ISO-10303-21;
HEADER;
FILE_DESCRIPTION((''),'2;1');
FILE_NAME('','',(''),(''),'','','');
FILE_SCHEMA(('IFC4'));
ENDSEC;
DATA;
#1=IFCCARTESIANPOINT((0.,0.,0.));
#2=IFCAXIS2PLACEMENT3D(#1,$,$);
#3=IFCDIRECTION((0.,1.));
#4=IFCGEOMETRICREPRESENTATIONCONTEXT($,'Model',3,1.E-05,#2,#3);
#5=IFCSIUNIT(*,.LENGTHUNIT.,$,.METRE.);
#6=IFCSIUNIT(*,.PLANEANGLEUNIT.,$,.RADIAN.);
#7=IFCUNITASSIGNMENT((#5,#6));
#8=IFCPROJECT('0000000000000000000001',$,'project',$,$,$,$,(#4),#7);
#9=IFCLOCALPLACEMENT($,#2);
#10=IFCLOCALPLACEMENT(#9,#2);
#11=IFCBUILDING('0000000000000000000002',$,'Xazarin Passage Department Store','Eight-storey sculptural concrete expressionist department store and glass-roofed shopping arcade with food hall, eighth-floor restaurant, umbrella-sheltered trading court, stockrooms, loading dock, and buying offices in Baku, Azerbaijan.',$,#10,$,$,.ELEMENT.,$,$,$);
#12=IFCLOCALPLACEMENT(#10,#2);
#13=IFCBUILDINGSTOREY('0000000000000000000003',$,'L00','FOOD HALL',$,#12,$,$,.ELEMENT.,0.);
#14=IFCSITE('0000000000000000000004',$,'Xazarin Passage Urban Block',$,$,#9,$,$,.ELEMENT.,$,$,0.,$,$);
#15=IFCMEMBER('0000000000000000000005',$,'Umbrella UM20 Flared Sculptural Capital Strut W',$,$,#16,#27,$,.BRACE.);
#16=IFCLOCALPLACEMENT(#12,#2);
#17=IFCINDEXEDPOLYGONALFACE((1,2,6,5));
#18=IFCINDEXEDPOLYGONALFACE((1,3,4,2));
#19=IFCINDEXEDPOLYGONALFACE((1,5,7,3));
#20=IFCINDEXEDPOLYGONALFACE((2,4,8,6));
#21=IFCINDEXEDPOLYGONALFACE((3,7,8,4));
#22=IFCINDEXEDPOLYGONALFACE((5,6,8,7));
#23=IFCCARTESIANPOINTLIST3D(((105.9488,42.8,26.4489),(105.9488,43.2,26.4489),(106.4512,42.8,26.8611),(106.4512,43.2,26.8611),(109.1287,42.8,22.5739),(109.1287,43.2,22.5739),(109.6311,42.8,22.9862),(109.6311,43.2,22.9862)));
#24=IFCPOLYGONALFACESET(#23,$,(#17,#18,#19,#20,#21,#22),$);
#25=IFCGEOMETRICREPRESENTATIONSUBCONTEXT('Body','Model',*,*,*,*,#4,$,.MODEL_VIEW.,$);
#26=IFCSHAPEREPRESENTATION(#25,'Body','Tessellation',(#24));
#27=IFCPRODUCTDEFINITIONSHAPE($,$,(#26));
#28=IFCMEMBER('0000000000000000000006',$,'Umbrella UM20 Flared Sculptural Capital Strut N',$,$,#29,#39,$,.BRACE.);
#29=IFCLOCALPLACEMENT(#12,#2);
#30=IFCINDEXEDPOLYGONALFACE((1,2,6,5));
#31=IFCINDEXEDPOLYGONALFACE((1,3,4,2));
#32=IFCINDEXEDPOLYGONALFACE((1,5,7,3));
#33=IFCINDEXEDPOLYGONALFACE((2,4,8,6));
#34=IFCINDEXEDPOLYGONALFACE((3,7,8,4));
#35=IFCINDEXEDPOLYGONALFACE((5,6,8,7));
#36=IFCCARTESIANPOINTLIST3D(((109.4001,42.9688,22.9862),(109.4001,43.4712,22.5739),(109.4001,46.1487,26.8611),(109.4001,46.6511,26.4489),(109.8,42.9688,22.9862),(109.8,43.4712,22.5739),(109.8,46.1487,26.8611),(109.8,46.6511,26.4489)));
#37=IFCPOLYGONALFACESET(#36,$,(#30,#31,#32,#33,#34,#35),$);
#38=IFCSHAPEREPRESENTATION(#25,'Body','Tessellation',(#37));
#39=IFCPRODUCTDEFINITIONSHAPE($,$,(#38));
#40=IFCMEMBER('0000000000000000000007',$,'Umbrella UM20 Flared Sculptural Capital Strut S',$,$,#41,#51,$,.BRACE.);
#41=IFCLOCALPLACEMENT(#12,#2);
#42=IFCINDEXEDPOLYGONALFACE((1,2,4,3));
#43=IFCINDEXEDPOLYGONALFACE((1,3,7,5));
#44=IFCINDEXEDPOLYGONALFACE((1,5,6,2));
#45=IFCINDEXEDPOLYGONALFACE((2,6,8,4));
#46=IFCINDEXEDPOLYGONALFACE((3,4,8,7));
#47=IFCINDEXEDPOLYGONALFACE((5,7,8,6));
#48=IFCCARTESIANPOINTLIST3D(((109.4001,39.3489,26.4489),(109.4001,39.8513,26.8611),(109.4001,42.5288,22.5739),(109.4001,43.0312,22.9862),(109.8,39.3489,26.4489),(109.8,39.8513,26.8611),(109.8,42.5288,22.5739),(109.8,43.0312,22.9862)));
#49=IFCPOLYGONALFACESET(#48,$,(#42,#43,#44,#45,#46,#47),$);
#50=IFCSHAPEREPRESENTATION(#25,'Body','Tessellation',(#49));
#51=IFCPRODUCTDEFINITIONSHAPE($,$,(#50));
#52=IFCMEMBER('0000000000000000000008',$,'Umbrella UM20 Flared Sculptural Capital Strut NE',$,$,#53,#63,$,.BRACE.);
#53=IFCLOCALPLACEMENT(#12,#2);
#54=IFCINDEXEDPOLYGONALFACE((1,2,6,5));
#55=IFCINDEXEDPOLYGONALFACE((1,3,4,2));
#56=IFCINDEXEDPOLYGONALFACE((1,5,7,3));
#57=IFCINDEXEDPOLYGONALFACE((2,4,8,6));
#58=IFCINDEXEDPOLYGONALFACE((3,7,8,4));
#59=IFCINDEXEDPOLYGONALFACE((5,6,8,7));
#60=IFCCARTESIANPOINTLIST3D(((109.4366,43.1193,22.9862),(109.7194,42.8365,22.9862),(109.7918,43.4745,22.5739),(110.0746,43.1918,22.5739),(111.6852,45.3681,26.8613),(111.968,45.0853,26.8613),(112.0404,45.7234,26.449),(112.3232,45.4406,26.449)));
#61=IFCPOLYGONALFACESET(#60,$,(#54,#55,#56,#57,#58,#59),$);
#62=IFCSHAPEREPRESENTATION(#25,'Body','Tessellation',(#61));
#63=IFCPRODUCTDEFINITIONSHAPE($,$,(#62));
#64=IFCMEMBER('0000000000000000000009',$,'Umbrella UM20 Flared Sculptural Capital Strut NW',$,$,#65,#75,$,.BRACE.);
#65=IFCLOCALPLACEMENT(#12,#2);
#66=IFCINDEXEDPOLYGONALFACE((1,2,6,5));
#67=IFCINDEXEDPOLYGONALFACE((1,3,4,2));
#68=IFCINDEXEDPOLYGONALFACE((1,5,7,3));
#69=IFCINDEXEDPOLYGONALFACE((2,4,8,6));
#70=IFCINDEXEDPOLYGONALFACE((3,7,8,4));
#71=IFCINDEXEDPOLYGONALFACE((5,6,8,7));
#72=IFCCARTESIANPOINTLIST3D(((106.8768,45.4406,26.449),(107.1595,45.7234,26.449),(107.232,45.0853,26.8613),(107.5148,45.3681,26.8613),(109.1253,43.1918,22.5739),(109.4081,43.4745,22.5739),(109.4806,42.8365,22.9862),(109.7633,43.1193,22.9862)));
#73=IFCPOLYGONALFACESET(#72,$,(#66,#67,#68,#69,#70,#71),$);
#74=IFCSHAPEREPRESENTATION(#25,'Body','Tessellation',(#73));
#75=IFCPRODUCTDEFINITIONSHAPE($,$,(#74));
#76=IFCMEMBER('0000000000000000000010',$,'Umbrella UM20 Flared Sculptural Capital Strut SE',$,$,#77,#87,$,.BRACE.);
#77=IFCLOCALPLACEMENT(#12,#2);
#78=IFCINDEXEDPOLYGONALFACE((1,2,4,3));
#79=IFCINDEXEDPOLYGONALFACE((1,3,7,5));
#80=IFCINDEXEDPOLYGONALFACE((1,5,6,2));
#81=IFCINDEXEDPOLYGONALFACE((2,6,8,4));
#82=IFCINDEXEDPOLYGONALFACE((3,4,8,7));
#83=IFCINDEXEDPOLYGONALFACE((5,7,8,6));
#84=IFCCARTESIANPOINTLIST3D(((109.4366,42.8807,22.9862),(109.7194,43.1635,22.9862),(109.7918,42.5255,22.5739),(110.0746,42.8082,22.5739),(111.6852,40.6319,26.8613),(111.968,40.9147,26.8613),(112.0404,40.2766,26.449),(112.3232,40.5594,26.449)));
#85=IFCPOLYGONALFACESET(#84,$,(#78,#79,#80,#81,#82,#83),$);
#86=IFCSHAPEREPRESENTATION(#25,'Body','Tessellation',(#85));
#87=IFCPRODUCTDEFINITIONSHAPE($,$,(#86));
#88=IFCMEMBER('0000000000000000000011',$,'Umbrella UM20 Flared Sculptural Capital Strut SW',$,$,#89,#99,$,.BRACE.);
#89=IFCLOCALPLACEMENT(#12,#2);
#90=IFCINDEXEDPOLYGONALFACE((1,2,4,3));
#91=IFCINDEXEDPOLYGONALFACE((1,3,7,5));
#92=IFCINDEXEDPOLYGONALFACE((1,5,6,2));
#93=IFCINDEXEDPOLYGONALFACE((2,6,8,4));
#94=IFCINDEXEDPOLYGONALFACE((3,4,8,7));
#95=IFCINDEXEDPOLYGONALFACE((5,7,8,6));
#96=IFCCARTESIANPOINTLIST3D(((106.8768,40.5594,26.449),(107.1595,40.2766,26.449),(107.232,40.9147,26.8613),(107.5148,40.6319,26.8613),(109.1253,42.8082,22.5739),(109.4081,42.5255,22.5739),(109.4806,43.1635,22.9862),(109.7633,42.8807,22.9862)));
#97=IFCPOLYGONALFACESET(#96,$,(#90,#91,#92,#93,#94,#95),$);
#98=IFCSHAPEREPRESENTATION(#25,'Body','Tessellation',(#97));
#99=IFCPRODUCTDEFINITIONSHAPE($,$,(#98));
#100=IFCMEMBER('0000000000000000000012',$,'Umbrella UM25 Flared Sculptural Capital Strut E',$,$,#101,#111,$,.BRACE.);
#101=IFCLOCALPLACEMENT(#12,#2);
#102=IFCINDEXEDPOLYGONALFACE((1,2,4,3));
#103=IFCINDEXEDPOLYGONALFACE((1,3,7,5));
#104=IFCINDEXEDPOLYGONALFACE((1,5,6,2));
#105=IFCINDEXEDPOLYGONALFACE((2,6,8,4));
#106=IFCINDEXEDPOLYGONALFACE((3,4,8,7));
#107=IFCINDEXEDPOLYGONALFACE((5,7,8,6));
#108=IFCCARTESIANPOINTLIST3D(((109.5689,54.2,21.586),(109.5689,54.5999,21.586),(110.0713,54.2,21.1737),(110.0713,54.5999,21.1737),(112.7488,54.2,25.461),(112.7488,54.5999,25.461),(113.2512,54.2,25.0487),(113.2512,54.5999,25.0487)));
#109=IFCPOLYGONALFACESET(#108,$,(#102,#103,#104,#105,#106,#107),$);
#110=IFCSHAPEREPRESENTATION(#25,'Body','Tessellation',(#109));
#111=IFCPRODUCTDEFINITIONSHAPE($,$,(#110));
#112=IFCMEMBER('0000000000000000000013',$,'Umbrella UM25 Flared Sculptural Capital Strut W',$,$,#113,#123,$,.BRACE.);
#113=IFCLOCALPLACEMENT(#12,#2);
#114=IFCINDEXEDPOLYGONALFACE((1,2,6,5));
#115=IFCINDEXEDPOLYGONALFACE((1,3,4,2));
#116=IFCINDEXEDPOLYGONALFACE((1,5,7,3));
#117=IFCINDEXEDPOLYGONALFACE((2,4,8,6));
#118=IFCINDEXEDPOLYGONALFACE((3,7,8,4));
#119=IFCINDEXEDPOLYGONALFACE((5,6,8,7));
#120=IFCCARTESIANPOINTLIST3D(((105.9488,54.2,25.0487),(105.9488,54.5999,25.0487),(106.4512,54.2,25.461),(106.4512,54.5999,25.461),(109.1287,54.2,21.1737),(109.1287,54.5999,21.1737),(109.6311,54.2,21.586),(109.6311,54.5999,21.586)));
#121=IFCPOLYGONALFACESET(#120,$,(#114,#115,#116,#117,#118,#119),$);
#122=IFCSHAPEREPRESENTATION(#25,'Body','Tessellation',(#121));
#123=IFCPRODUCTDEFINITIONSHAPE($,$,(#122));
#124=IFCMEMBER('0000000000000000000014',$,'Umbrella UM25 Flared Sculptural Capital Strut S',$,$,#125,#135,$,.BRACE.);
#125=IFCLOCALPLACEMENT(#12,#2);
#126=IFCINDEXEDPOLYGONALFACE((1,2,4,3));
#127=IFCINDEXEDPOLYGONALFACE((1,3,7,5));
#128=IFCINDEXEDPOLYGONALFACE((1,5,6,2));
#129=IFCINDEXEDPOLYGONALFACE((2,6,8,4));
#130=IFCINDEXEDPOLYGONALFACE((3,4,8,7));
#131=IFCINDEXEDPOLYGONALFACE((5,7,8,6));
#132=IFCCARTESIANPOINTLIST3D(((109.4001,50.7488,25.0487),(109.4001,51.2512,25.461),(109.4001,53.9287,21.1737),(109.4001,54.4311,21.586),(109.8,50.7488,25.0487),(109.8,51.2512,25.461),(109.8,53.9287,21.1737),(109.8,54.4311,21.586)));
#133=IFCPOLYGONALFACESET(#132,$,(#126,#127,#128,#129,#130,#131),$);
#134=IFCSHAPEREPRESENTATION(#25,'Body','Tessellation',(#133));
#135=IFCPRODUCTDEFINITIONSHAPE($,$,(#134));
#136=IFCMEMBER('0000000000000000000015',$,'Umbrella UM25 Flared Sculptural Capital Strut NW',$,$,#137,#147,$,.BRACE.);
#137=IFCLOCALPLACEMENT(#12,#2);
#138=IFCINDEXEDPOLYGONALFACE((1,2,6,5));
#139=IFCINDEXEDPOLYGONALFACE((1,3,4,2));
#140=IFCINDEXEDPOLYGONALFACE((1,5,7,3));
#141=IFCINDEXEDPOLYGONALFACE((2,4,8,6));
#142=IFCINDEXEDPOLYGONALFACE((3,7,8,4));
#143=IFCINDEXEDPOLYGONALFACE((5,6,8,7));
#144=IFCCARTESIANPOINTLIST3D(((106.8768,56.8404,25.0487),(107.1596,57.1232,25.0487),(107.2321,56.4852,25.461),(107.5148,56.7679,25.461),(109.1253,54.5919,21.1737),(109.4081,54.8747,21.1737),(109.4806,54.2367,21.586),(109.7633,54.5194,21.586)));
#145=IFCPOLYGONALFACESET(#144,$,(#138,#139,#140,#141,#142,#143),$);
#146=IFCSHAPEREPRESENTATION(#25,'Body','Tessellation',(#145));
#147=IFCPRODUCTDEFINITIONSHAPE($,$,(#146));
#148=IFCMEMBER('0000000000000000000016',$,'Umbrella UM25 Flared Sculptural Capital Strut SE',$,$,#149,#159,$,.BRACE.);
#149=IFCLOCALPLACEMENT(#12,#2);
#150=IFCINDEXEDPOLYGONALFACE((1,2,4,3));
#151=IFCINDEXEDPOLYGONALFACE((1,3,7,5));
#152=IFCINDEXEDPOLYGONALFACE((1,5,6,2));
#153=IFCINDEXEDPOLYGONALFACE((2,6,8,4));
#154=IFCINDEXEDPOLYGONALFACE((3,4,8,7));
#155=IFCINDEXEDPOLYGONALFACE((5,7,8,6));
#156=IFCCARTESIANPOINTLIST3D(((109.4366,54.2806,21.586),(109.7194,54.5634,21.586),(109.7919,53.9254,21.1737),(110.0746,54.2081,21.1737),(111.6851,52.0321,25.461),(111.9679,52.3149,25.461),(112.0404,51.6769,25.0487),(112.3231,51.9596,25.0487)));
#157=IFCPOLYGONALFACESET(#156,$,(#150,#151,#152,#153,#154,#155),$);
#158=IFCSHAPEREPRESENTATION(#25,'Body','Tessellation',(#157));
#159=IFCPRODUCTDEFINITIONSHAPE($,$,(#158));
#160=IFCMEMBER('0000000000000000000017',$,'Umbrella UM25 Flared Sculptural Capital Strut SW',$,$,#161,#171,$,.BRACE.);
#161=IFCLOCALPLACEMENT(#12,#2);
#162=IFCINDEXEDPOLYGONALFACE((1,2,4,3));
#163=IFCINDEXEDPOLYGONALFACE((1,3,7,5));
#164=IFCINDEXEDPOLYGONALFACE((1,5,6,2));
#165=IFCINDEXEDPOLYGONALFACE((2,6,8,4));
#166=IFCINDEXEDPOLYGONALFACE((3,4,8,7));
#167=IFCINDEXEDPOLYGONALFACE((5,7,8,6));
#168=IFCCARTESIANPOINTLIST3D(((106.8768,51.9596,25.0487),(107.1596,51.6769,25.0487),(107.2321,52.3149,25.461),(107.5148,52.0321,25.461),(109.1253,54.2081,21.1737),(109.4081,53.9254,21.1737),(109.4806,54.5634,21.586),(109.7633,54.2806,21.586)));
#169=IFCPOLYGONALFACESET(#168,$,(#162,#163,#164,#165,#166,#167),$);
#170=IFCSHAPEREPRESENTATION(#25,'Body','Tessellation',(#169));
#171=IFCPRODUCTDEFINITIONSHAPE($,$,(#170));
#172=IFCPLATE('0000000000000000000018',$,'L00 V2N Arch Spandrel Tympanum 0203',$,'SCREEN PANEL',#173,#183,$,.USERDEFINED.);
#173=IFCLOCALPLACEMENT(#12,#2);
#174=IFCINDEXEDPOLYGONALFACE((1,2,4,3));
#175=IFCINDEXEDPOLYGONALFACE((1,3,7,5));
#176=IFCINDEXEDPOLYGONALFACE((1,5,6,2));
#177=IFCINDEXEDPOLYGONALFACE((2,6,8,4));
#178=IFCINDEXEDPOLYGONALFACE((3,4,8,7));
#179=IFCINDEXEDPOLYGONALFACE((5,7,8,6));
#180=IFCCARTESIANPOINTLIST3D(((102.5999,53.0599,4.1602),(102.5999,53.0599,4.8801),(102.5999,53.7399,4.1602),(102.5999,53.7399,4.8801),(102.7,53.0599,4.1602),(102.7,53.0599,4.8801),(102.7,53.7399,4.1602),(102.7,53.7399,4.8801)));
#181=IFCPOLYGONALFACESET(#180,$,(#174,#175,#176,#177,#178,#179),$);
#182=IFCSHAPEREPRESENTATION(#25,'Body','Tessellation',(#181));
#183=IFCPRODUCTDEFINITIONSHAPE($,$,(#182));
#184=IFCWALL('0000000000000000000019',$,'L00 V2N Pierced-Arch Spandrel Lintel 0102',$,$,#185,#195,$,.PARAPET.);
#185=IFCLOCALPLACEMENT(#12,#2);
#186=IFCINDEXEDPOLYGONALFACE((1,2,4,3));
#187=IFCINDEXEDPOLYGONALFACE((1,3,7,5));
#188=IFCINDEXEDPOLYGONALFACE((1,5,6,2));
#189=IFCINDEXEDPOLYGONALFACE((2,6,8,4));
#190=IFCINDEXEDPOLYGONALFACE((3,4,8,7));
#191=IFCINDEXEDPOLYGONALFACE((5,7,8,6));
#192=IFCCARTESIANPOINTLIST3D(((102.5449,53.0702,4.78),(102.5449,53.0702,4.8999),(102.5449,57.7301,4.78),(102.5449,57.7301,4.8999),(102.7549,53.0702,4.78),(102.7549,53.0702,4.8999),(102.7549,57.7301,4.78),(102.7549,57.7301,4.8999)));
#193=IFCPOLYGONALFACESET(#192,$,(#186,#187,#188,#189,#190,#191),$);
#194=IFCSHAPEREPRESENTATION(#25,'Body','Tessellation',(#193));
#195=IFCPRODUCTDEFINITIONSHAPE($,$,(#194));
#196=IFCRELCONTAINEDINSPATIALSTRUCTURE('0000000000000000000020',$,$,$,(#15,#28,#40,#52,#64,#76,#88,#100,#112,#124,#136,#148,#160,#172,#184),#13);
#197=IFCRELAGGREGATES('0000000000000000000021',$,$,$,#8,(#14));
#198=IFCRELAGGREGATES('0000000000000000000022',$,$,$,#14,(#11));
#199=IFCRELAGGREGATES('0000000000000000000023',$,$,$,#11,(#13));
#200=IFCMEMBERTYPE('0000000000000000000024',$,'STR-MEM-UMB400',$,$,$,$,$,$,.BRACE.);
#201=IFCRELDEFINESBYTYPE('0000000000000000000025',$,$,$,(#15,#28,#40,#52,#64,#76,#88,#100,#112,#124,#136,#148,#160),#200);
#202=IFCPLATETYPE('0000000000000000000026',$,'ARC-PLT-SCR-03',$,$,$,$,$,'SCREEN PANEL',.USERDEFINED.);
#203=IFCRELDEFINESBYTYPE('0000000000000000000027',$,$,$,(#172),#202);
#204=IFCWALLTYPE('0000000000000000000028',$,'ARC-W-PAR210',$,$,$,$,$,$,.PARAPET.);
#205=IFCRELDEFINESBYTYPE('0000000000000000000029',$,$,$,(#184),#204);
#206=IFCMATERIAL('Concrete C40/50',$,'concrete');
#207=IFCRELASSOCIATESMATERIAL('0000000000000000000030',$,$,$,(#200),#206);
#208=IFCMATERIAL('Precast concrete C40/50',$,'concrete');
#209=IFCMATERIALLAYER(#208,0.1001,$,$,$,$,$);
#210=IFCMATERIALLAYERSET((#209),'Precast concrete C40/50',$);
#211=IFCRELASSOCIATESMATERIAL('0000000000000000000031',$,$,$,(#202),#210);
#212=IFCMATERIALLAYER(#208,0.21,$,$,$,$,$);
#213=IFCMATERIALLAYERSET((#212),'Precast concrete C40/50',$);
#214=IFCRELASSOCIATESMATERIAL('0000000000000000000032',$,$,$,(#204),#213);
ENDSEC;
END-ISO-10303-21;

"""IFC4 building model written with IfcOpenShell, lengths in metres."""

from ifc_helpers import new_model, si_unit, direction, frame, frame_2d, origin, origin_2d, place, context, subcontext, project, spatial, rectangle, extrude, material, layer, layer_set, material_profile, profile_set, type_object, element, save


model = new_model("IFC4")

# Units and contexts
model_context = context("Model", 3, precision=1e-05, world=origin(), true_north=direction((0.0, 1.0)))
body_context = subcontext(model_context, "Body", "Model", "MODEL_VIEW")
ifc_project = project(units=[si_unit("LENGTHUNIT", "METRE"), si_unit("PLANEANGLEUNIT", "RADIAN")], contexts=[model_context])

# Site, building, storey
site_placement = place(None, origin())
site = spatial("IfcSite", under=ifc_project, at=site_placement, Name="Xazarin Passage Urban Block", CompositionType="ELEMENT", RefElevation=0.0)
building_placement = place(site_placement, origin())
building = spatial("IfcBuilding", under=site, at=building_placement, Name="Xazarin Passage Department Store", Description="Eight-storey sculptural concrete expressionist department store and glass-roofed shopping arcade with food hall, eighth-floor restaurant, umbrella-sheltered trading court, stockrooms, loading dock, and buying offices in Baku, Azerbaijan.", CompositionType="ELEMENT")
storey_placement = place(building_placement, origin())
storey = spatial("IfcBuildingStorey", under=building, at=storey_placement, Name="L00", Description="FOOD HALL", CompositionType="ELEMENT", Elevation=0.0)

# Shared definitions
ifc_material_1 = material(Name="Concrete C40/50", Category="concrete")

# Members
ifc_material_profile_1 = material_profile(ifc_material_1, rectangle(XDim=0.3999, YDim=0.6499, at=origin_2d()), Name="RC 400x650")
ifc_profile_set_1 = profile_set([ifc_material_profile_1], Name="Concrete C40/50")
member_type_1 = type_object("IfcMemberType", Name="STR-MEM-UMB400", PredefinedType="BRACE", material=ifc_profile_set_1)
for number, where, z_axis, x_axis, name in (
    (1, (109.3799, 43.0, 22.78), (-0.63437, 0.0, 0.77303), (0.0, -1.0, 0.0), "Umbrella UM20 Flared Sculptural Capital Strut W"),
    (2, (109.6001, 43.22, 22.78), (0.0, 0.63437, 0.77303), (-1.0, 0.0, 0.0), "Umbrella UM20 Flared Sculptural Capital Strut N"),
    (3, (109.6001, 42.78, 22.78), (0.0, -0.63437, 0.77303), (1.0, 0.0, 0.0), "Umbrella UM20 Flared Sculptural Capital Strut S"),
):
    element("IfcMember", number, at=place(storey_placement, frame(where, z_axis=z_axis, x_axis=x_axis)), inside=storey, type_object=member_type_1, Name=name, PredefinedType="BRACE", context=body_context, shape_type="SweptSolid", body=[
        extrude(rectangle(XDim=0.3999, YDim=0.6499, at=origin_2d()), origin(), (0.0, 0.0, 1.0), 5.0127),
    ])
for number, where, z_axis, x_axis, name in (
    (4, (109.7556, 43.1555, 22.78), (0.448555, 0.448604, 0.773015), (-0.707145, 0.707068, 0.0), "Umbrella UM20 Flared Sculptural Capital Strut NE"),
    (5, (109.4443, 43.1555, 22.78), (-0.448555, 0.448604, 0.773015), (-0.707145, -0.707068, 0.0), "Umbrella UM20 Flared Sculptural Capital Strut NW"),
    (6, (109.7556, 42.8445, 22.78), (0.448555, -0.448604, 0.773015), (0.707145, 0.707068, 0.0), "Umbrella UM20 Flared Sculptural Capital Strut SE"),
    (7, (109.4443, 42.8445, 22.78), (-0.448555, -0.448604, 0.773015), (0.707145, -0.707068, 0.0), "Umbrella UM20 Flared Sculptural Capital Strut SW"),
):
    element("IfcMember", number, at=place(storey_placement, frame(where, z_axis=z_axis, x_axis=x_axis)), inside=storey, type_object=member_type_1, Name=name, PredefinedType="BRACE", context=body_context, shape_type="SweptSolid", body=[
        extrude(rectangle(XDim=0.3999, YDim=0.6499, at=origin_2d()), origin(), (0.0, 0.0, 1.0), 5.0129),
    ])
for number, where, z_axis, x_axis, name in (
    (8, (109.8201, 54.3999, 21.3799), (0.63437, 0.0, 0.77303), (0.0, 1.0, 0.0), "Umbrella UM25 Flared Sculptural Capital Strut E"),
    (9, (109.3799, 54.3999, 21.3799), (-0.63437, 0.0, 0.77303), (0.0, -1.0, 0.0), "Umbrella UM25 Flared Sculptural Capital Strut W"),
    (10, (109.6001, 54.1799, 21.3799), (0.0, -0.63437, 0.77303), (1.0, 0.0, 0.0), "Umbrella UM25 Flared Sculptural Capital Strut S"),
    (11, (109.4443, 54.5557, 21.3799), (-0.448565, 0.448565, 0.773032), (-0.707107, -0.707107, 0.0), "Umbrella UM25 Flared Sculptural Capital Strut NW"),
    (12, (109.7556, 54.2444, 21.3799), (0.448565, -0.448565, 0.773032), (0.707107, 0.707107, 0.0), "Umbrella UM25 Flared Sculptural Capital Strut SE"),
    (13, (109.4443, 54.2444, 21.3799), (-0.448565, -0.448565, 0.773032), (0.707107, -0.707107, 0.0), "Umbrella UM25 Flared Sculptural Capital Strut SW"),
):
    element("IfcMember", number, at=place(storey_placement, frame(where, z_axis=z_axis, x_axis=x_axis)), inside=storey, type_object=member_type_1, Name=name, PredefinedType="BRACE", context=body_context, shape_type="SweptSolid", body=[
        extrude(rectangle(XDim=0.3999, YDim=0.6499, at=origin_2d()), origin(), (0.0, 0.0, 1.0), 5.0127),
    ])

# Plate
ifc_material_2 = material(Name="Precast concrete C40/50", Category="concrete")
ifc_layer_1 = layer(ifc_material_2, 0.1001)
ifc_layer_set_1 = layer_set([ifc_layer_1], Name="Precast concrete C40/50")
plate_type = type_object("IfcPlateType", Name="ARC-PLT-SCR-03", ElementType="SCREEN PANEL", PredefinedType="USERDEFINED", material=ifc_layer_set_1)
plate_placement = place(storey_placement, frame((102.6499, 53.3999, 4.1602), z_axis=(0.0, 0.0, 1.0), x_axis=(0.0, 1.0, 0.0)))
element("IfcPlate", 14, at=plate_placement, inside=storey, type_object=plate_type, Name="L00 V2N Arch Spandrel Tympanum 0203", ObjectType="SCREEN PANEL", PredefinedType="USERDEFINED", context=body_context, shape_type="SweptSolid", body=[
    extrude(rectangle(XDim=0.6799, YDim=0.1001, at=origin_2d()), origin(), (0.0, 0.0, 1.0), 0.72),
])

# Wall
ifc_layer_2 = layer(ifc_material_2, 0.21)
ifc_layer_set_2 = layer_set([ifc_layer_2], Name="Precast concrete C40/50")
wall_type = type_object("IfcWallType", Name="ARC-W-PAR210", PredefinedType="PARAPET", material=ifc_layer_set_2)
wall_placement = place(storey_placement, frame((102.6499, 53.0701, 4.78), z_axis=(0.0, 0.0, 1.0), x_axis=(0.0, 1.0, 0.0)))
element("IfcWall", 15, at=wall_placement, inside=storey, type_object=wall_type, Name="L00 V2N Pierced-Arch Spandrel Lintel 0102", PredefinedType="PARAPET", context=body_context, shape_type="SweptSolid", body=[
    extrude(rectangle(XDim=4.6599, YDim=0.21, at=frame_2d((2.3301, 0.0))), origin(), (0.0, 0.0, 1.0), 0.1199),
])

save(model, "model.ifc")
